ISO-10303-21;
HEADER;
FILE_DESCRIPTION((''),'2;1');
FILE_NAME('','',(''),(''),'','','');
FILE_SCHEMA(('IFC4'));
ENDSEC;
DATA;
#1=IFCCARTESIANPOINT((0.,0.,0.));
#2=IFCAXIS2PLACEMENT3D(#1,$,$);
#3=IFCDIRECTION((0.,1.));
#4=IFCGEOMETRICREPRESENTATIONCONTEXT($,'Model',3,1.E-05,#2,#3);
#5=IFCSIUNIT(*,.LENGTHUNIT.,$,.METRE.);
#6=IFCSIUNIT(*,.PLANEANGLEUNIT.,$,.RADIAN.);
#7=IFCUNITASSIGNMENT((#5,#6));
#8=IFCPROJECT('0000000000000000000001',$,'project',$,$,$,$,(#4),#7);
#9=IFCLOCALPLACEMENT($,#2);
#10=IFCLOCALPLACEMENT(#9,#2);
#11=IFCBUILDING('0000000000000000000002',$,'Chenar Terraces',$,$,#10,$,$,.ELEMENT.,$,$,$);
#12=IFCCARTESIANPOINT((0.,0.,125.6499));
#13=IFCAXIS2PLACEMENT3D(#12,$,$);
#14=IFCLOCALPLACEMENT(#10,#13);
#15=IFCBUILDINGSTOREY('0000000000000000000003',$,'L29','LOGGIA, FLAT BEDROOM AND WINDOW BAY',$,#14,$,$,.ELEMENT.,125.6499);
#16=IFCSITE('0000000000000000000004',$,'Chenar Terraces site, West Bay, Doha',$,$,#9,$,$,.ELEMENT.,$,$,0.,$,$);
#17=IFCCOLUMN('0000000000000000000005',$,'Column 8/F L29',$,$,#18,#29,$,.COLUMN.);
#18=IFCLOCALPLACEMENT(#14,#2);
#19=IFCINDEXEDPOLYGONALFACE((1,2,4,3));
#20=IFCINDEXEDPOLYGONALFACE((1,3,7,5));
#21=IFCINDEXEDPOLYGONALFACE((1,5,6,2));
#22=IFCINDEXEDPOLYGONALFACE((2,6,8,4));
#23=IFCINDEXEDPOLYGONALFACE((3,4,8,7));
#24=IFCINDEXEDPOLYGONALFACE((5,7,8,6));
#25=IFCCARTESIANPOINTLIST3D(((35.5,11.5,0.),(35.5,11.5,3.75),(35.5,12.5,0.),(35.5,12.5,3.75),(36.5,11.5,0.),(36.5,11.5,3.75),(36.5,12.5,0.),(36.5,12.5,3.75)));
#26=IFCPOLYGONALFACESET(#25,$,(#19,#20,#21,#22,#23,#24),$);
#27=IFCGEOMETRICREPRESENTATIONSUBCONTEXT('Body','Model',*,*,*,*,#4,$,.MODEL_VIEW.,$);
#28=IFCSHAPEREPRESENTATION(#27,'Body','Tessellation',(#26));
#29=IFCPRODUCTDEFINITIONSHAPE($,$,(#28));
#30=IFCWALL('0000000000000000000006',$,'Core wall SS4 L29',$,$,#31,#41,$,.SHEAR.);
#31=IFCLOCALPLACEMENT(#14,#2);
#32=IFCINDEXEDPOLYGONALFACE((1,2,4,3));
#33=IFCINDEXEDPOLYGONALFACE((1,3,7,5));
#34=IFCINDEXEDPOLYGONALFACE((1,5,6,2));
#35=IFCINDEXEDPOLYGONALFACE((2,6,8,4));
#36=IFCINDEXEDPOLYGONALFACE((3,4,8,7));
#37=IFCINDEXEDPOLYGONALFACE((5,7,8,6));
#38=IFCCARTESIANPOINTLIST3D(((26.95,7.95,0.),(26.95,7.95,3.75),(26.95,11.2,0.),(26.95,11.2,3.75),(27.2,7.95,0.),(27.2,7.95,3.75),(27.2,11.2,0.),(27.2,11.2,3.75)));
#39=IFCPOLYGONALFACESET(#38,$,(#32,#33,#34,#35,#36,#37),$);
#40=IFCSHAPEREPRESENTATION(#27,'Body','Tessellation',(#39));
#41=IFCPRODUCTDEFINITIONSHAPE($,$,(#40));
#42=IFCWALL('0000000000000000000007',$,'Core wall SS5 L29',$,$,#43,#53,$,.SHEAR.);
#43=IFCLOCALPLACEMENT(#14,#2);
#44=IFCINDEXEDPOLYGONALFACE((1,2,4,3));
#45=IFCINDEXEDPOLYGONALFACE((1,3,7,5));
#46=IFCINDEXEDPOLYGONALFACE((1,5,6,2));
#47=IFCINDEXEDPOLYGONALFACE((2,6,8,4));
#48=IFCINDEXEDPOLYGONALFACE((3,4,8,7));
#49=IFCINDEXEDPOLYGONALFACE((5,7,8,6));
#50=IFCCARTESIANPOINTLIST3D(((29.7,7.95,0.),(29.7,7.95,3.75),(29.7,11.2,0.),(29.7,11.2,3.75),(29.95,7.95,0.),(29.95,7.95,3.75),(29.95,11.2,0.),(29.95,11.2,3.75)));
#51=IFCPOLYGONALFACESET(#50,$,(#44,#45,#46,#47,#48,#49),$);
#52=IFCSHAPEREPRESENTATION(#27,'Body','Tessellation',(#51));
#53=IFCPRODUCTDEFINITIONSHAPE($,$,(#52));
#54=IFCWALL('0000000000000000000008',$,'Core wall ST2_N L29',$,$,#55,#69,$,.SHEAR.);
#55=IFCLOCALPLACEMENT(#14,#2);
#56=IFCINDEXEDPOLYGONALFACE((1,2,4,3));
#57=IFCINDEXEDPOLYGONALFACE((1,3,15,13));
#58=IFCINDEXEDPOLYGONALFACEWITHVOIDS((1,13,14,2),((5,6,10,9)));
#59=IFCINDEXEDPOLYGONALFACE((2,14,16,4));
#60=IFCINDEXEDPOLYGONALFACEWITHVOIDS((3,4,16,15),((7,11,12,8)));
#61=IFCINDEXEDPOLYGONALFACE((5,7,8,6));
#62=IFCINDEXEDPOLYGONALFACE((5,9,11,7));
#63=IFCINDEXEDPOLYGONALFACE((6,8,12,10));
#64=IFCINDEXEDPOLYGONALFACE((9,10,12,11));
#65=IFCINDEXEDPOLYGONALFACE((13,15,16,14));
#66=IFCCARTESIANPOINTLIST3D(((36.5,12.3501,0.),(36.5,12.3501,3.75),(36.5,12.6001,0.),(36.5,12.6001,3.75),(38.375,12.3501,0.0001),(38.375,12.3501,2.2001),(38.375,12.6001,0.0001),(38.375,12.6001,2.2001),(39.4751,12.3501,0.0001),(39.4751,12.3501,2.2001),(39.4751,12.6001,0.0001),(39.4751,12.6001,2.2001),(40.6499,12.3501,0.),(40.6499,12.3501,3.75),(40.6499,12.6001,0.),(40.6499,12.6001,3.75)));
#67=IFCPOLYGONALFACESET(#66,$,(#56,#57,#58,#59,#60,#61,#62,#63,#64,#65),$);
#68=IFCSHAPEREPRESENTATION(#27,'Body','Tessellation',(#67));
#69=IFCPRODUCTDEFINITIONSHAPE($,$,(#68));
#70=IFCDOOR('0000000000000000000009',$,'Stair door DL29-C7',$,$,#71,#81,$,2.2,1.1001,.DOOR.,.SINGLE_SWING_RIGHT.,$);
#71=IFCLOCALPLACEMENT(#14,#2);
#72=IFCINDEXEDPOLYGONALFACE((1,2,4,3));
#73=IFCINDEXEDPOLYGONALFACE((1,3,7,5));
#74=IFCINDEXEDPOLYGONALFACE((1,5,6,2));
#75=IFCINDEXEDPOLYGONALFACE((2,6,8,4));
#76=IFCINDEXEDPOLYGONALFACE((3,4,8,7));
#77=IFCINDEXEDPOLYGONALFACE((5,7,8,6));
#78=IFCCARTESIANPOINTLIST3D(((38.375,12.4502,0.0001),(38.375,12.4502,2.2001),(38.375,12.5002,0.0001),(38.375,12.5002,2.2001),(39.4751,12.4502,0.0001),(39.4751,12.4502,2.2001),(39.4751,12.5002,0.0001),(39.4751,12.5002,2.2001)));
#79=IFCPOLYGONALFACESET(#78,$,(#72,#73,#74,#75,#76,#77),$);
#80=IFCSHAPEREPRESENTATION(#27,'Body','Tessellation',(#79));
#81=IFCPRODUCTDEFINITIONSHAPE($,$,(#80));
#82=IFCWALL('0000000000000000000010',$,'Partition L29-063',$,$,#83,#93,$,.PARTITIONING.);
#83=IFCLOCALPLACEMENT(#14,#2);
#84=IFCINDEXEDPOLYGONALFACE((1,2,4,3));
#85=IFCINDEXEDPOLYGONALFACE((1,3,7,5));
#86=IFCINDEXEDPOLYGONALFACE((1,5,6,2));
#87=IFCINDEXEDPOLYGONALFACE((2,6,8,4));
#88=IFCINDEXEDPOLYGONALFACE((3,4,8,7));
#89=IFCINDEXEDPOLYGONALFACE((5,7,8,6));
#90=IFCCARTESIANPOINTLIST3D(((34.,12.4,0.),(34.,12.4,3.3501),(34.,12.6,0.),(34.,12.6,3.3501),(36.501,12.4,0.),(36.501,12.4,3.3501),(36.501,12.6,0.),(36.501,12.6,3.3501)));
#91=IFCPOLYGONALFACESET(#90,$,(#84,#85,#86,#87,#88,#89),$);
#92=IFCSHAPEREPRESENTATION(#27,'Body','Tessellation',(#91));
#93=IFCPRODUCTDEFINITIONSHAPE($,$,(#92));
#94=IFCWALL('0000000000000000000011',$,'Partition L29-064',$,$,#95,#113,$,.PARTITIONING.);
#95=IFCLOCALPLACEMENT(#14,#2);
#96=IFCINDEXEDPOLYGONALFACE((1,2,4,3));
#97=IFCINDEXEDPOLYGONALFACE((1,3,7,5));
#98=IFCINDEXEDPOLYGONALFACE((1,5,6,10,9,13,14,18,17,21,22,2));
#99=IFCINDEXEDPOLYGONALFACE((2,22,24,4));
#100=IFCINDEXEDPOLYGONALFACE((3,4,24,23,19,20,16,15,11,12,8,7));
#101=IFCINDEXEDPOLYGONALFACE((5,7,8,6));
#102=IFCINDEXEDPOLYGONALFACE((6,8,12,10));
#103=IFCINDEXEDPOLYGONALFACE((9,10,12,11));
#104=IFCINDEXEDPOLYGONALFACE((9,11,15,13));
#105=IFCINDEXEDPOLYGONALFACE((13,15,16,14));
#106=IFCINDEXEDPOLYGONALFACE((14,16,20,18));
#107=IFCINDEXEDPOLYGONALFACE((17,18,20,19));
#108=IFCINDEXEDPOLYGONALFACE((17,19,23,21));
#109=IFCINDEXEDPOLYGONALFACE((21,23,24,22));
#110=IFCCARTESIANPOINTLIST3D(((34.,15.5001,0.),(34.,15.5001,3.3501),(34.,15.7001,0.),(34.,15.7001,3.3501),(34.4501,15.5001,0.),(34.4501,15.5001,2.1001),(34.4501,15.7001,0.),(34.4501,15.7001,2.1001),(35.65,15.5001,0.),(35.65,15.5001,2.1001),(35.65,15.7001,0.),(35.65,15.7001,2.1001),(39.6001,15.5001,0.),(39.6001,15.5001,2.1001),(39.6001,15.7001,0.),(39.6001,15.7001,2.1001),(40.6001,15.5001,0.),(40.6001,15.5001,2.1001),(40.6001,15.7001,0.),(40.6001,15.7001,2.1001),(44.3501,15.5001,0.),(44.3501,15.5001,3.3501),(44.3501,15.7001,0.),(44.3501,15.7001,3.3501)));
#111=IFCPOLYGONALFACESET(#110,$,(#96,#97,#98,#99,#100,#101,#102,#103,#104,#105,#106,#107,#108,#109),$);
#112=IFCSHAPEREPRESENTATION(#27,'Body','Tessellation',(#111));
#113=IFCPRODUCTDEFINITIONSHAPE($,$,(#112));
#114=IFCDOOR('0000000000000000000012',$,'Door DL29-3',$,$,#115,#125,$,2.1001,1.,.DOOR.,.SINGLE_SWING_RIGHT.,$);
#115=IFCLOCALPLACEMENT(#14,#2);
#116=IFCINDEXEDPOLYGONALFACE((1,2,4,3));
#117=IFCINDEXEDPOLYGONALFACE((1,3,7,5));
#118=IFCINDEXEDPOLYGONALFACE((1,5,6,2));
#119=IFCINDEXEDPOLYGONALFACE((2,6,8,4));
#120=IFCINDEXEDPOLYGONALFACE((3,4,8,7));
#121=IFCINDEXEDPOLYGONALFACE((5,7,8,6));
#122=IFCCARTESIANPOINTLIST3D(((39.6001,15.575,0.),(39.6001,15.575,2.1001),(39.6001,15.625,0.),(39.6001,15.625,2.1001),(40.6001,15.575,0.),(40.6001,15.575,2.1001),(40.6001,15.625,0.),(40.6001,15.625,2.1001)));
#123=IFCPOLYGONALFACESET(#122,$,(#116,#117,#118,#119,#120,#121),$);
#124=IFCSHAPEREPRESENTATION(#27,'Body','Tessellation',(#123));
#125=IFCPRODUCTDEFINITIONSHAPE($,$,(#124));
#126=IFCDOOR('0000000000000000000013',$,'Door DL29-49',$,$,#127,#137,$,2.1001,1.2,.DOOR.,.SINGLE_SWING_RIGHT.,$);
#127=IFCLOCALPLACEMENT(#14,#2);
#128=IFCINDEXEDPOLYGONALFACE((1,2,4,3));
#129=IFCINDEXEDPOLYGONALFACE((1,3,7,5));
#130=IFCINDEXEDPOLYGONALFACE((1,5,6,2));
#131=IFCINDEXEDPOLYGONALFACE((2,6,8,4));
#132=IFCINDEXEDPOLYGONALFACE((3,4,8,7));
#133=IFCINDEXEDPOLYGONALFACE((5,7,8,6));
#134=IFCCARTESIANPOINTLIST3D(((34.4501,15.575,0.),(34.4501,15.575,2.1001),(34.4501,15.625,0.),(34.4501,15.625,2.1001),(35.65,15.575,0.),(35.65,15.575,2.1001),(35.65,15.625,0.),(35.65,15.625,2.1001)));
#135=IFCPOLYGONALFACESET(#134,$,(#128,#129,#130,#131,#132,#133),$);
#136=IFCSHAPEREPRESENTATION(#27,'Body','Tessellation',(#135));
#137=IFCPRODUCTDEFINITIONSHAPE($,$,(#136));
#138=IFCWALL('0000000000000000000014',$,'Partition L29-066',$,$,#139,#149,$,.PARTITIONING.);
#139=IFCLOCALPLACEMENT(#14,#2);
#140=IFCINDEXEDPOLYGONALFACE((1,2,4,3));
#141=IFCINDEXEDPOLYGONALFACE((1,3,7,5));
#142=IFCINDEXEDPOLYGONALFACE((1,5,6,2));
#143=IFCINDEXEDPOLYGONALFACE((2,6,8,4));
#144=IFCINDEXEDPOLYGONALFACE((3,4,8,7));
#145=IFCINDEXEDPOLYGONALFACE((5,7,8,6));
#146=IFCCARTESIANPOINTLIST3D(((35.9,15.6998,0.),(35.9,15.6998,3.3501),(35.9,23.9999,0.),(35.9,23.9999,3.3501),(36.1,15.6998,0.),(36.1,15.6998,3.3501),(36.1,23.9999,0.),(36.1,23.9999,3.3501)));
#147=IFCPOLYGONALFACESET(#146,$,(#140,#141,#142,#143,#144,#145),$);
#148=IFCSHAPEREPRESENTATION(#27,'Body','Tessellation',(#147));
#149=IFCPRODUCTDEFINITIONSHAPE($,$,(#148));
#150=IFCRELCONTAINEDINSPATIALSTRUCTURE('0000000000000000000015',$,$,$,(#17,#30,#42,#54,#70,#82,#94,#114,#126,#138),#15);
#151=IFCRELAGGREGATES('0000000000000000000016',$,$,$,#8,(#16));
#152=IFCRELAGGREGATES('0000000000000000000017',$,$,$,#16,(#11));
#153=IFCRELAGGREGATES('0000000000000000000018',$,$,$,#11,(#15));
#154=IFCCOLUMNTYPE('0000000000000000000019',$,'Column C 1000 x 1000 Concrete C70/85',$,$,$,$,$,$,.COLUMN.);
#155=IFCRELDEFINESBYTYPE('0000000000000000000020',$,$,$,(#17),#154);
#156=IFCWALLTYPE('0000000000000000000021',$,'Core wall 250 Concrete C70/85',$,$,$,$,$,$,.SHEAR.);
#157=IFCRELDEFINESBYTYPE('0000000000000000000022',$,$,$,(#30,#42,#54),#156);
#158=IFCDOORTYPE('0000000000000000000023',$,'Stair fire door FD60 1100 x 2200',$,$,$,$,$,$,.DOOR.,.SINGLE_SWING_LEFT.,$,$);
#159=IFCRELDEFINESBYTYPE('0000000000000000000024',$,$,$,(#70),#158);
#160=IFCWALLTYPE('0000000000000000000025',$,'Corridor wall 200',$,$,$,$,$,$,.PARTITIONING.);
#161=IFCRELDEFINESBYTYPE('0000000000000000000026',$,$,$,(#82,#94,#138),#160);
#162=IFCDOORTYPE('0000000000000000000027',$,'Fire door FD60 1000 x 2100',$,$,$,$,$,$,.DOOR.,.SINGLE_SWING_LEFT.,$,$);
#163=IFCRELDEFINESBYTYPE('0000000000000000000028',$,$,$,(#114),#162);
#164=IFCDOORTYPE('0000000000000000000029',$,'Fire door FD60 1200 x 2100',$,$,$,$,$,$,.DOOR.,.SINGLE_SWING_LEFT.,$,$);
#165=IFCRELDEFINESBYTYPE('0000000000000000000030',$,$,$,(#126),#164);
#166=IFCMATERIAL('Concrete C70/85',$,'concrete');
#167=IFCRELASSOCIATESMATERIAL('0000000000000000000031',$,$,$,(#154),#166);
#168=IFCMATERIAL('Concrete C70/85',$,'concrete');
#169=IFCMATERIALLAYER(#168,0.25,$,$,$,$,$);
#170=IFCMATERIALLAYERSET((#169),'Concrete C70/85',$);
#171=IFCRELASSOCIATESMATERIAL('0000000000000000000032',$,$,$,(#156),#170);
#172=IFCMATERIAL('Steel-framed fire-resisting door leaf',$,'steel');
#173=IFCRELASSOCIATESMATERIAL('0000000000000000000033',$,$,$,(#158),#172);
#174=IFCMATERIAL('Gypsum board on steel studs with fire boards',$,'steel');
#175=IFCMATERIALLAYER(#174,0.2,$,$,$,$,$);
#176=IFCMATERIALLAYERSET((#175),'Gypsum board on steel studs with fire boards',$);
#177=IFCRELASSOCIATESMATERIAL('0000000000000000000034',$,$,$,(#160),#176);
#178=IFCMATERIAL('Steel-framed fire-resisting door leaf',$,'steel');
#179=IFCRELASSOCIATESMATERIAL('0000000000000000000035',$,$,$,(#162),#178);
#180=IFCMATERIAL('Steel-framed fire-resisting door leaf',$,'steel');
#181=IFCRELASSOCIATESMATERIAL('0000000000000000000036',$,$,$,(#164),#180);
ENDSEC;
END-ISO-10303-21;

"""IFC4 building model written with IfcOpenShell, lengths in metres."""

from ifc_helpers import new_model, si_unit, direction, frame, frame_2d, origin, origin_2d, place, context, subcontext, project, spatial, rectangle, extrude, material, layer, layer_set, material_profile, profile_set, type_object, element, fill, save


model = new_model("IFC4")

# Units and contexts
model_context = context("Model", 3, precision=1e-05, world=origin(), true_north=direction((0.0, 1.0)))
body_context = subcontext(model_context, "Body", "Model", "MODEL_VIEW")
ifc_project = project(units=[si_unit("LENGTHUNIT", "METRE"), si_unit("PLANEANGLEUNIT", "RADIAN")], contexts=[model_context])

# Site, building, storey
site_placement = place(None, origin())
site = spatial("IfcSite", under=ifc_project, at=site_placement, Name="Chenar Terraces site, West Bay, Doha", CompositionType="ELEMENT", RefElevation=0.0)
building_placement = place(site_placement, origin())
building = spatial("IfcBuilding", under=site, at=building_placement, Name="Chenar Terraces", CompositionType="ELEMENT")
storey_placement = place(building_placement, frame((0.0, 0.0, 125.6499)))
storey = spatial("IfcBuildingStorey", under=building, at=storey_placement, Name="L29", Description="LOGGIA, FLAT BEDROOM AND WINDOW BAY", CompositionType="ELEMENT", Elevation=125.6499)

# Column
ifc_material_1 = material(Name="Concrete C70/85", Category="concrete")
ifc_material_profile = material_profile(ifc_material_1, rectangle(XDim=1.0, YDim=1.0, at=origin_2d()), Name="C 1000 x 1000")
ifc_profile_set = profile_set([ifc_material_profile], Name="Concrete C70/85")
column_type = type_object("IfcColumnType", Name="Column C 1000 x 1000 Concrete C70/85", PredefinedType="COLUMN", material=ifc_profile_set)
column_placement = place(storey_placement, frame((36.0, 12.0, 0.0), z_axis=(0.0, 0.0, 1.0), x_axis=(1.0, 0.0, 0.0)))
element("IfcColumn", 1, at=column_placement, inside=storey, type_object=column_type, Name="Column 8/F L29", PredefinedType="COLUMN", context=body_context, shape_type="SweptSolid", body=[
    extrude(rectangle(XDim=1.0, YDim=1.0, at=origin_2d()), origin(), (0.0, 0.0, 1.0), 3.75),
])

# Walls
ifc_material_2 = material(Name="Concrete C70/85", Category="concrete")
ifc_layer_1 = layer(ifc_material_2, 0.25)
ifc_layer_set_1 = layer_set([ifc_layer_1], Name="Concrete C70/85")
wall_type_1 = type_object("IfcWallType", Name="Core wall 250 Concrete C70/85", PredefinedType="SHEAR", material=ifc_layer_set_1)
for number, where, z_axis, x_axis, name in (
    (2, (27.075, 7.95, 0.0), (0.0, 0.0, 1.0), (0.0, 1.0, 0.0), "Core wall SS4 L29"),
    (3, (29.825, 7.95, 0.0), (0.0, 0.0, 1.0), (0.0, 1.0, 0.0), "Core wall SS5 L29"),
):
    element("IfcWall", number, at=place(storey_placement, frame(where, z_axis=z_axis, x_axis=x_axis)), inside=storey, type_object=wall_type_1, Name=name, PredefinedType="SHEAR", context=body_context, shape_type="SweptSolid", body=[
        extrude(rectangle(XDim=3.25, YDim=0.25, at=frame_2d((1.625, 0.0))), origin(), (0.0, 0.0, 1.0), 3.75),
    ])

# Wall, opening, door
wall_1_placement = place(storey_placement, frame((36.5, 12.4751, 0.0), z_axis=(0.0, 0.0, 1.0), x_axis=(1.0, 0.0, 0.0)))
wall_1 = element("IfcWall", 4, at=wall_1_placement, inside=storey, type_object=wall_type_1, Name="Core wall ST2_N L29", PredefinedType="SHEAR", context=body_context, shape_type="SweptSolid", body=[
    extrude(rectangle(XDim=4.1499, YDim=0.25, at=frame_2d((2.075, 0.0))), origin(), (0.0, 0.0, 1.0), 3.75),
])
opening_1_placement = place(wall_1_placement, frame((1.875, 0.0, 0.0)))
opening_1 = element("IfcOpeningElement", 5, at=opening_1_placement, cuts=wall_1, PredefinedType="OPENING", context=body_context, shape_type="SweptSolid", body=[
    extrude(rectangle(XDim=1.1001, YDim=2.2, at=frame_2d((0.55, 1.1001))), frame((0.0, 0.135, 0.0), z_axis=(0.0, -1.0, 0.0), x_axis=(1.0, 0.0, 0.0)), (0.0, 0.0, 1.0), 0.27),
])
ifc_material_3 = material(Name="Steel-framed fire-resisting door leaf", Category="steel")
door_type_1 = type_object("IfcDoorType", Name="Stair fire door FD60 1100 x 2200", OperationType="SINGLE_SWING_LEFT", PredefinedType="DOOR", material=ifc_material_3)
door_1_placement = place(opening_1_placement, frame((1.1001, 0.0, 0.0), z_axis=(0.0, 0.0, 1.0), x_axis=(-1.0, 0.0, 0.0)))
door_1 = element("IfcDoor", 6, at=door_1_placement, inside=storey, type_object=door_type_1, Name="Stair door DL29-C7", OperationType="SINGLE_SWING_RIGHT", OverallHeight=2.2, OverallWidth=1.1001, PredefinedType="DOOR", context=body_context, shape_type="SweptSolid", body=[
    extrude(rectangle(XDim=1.1001, YDim=2.2, at=frame_2d((0.55, 1.1001))), frame((0.0, 0.0249, 0.0), z_axis=(0.0, -1.0, 0.0), x_axis=(1.0, 0.0, 0.0)), (0.0, 0.0, 1.0), 0.05),
])
fill(opening_1, door_1)

# Wall
ifc_material_4 = material(Name="Gypsum board on steel studs with fire boards", Category="steel")
ifc_layer_2 = layer(ifc_material_4, 0.2)
ifc_layer_set_2 = layer_set([ifc_layer_2], Name="Gypsum board on steel studs with fire boards")
wall_type_2 = type_object("IfcWallType", Name="Corridor wall 200", PredefinedType="PARTITIONING", material=ifc_layer_set_2)
wall_2_placement = place(storey_placement, frame((34.0, 12.5, 0.0), z_axis=(0.0, 0.0, 1.0), x_axis=(1.0, 0.0, 0.0)))
element("IfcWall", 7, at=wall_2_placement, inside=storey, type_object=wall_type_2, Name="Partition L29-063", PredefinedType="PARTITIONING", context=body_context, shape_type="SweptSolid", body=[
    extrude(rectangle(XDim=2.501, YDim=0.2, at=frame_2d((1.2505, 0.0))), origin(), (0.0, 0.0, 1.0), 3.3501),
])

# Wall, openings, doors
wall_3_placement = place(storey_placement, frame((34.0, 15.6001, 0.0), z_axis=(0.0, 0.0, 1.0), x_axis=(1.0, 0.0, 0.0)))
wall_3 = element("IfcWall", 8, at=wall_3_placement, inside=storey, type_object=wall_type_2, Name="Partition L29-064", PredefinedType="PARTITIONING", context=body_context, shape_type="SweptSolid", body=[
    extrude(rectangle(XDim=10.3501, YDim=0.2, at=frame_2d((5.175, 0.0))), origin(), (0.0, 0.0, 1.0), 3.3501),
])
opening_2_placement = place(wall_3_placement, frame((5.6001, 0.0, 0.0)))
opening_2 = element("IfcOpeningElement", 9, at=opening_2_placement, cuts=wall_3, PredefinedType="OPENING", context=body_context, shape_type="SweptSolid", body=[
    extrude(rectangle(XDim=1.0, YDim=2.1001, at=frame_2d((0.5, 1.05))), frame((0.0, 0.1099, 0.0), z_axis=(0.0, -1.0, 0.0), x_axis=(1.0, 0.0, 0.0)), (0.0, 0.0, 1.0), 0.22),
])
opening_3_placement = place(wall_3_placement, frame((0.45, 0.0, 0.0)))
opening_3 = element("IfcOpeningElement", 10, at=opening_3_placement, cuts=wall_3, PredefinedType="OPENING", context=body_context, shape_type="SweptSolid", body=[
    extrude(rectangle(XDim=1.2, YDim=2.1001, at=frame_2d((0.6001, 1.05))), frame((0.0, 0.1099, 0.0), z_axis=(0.0, -1.0, 0.0), x_axis=(1.0, 0.0, 0.0)), (0.0, 0.0, 1.0), 0.22),
])
ifc_material_5 = material(Name="Steel-framed fire-resisting door leaf", Category="steel")
door_type_2 = type_object("IfcDoorType", Name="Fire door FD60 1000 x 2100", OperationType="SINGLE_SWING_LEFT", PredefinedType="DOOR", material=ifc_material_5)
door_2_placement = place(opening_2_placement, origin())
door_2 = element("IfcDoor", 11, at=door_2_placement, inside=storey, type_object=door_type_2, Name="Door DL29-3", OperationType="SINGLE_SWING_RIGHT", OverallHeight=2.1001, OverallWidth=1.0, PredefinedType="DOOR", context=body_context, shape_type="SweptSolid", body=[
    extrude(rectangle(XDim=1.0, YDim=2.1001, at=frame_2d((0.5, 1.05))), frame((0.0, 0.0249, 0.0), z_axis=(0.0, -1.0, 0.0), x_axis=(1.0, 0.0, 0.0)), (0.0, 0.0, 1.0), 0.05),
])
fill(opening_2, door_2)
ifc_material_6 = material(Name="Steel-framed fire-resisting door leaf", Category="steel")
door_type_3 = type_object("IfcDoorType", Name="Fire door FD60 1200 x 2100", OperationType="SINGLE_SWING_LEFT", PredefinedType="DOOR", material=ifc_material_6)
door_3_placement = place(opening_3_placement, origin())
door_3 = element("IfcDoor", 12, at=door_3_placement, inside=storey, type_object=door_type_3, Name="Door DL29-49", OperationType="SINGLE_SWING_RIGHT", OverallHeight=2.1001, OverallWidth=1.2, PredefinedType="DOOR", context=body_context, shape_type="SweptSolid", body=[
    extrude(rectangle(XDim=1.2, YDim=2.1001, at=frame_2d((0.6001, 1.05))), frame((0.0, 0.0249, 0.0), z_axis=(0.0, -1.0, 0.0), x_axis=(1.0, 0.0, 0.0)), (0.0, 0.0, 1.0), 0.05),
])
fill(opening_3, door_3)

# Wall
wall_4_placement = place(storey_placement, frame((36.0, 15.7, 0.0), z_axis=(0.0, 0.0, 1.0), x_axis=(0.0, 1.0, 0.0)))
element("IfcWall", 13, at=wall_4_placement, inside=storey, type_object=wall_type_2, Name="Partition L29-066", PredefinedType="PARTITIONING", context=body_context, shape_type="SweptSolid", body=[
    extrude(rectangle(XDim=8.3, YDim=0.2, at=frame_2d((4.1499, 0.0))), origin(), (0.0, 0.0, 1.0), 3.3501),
])

save(model, "model.ifc")
